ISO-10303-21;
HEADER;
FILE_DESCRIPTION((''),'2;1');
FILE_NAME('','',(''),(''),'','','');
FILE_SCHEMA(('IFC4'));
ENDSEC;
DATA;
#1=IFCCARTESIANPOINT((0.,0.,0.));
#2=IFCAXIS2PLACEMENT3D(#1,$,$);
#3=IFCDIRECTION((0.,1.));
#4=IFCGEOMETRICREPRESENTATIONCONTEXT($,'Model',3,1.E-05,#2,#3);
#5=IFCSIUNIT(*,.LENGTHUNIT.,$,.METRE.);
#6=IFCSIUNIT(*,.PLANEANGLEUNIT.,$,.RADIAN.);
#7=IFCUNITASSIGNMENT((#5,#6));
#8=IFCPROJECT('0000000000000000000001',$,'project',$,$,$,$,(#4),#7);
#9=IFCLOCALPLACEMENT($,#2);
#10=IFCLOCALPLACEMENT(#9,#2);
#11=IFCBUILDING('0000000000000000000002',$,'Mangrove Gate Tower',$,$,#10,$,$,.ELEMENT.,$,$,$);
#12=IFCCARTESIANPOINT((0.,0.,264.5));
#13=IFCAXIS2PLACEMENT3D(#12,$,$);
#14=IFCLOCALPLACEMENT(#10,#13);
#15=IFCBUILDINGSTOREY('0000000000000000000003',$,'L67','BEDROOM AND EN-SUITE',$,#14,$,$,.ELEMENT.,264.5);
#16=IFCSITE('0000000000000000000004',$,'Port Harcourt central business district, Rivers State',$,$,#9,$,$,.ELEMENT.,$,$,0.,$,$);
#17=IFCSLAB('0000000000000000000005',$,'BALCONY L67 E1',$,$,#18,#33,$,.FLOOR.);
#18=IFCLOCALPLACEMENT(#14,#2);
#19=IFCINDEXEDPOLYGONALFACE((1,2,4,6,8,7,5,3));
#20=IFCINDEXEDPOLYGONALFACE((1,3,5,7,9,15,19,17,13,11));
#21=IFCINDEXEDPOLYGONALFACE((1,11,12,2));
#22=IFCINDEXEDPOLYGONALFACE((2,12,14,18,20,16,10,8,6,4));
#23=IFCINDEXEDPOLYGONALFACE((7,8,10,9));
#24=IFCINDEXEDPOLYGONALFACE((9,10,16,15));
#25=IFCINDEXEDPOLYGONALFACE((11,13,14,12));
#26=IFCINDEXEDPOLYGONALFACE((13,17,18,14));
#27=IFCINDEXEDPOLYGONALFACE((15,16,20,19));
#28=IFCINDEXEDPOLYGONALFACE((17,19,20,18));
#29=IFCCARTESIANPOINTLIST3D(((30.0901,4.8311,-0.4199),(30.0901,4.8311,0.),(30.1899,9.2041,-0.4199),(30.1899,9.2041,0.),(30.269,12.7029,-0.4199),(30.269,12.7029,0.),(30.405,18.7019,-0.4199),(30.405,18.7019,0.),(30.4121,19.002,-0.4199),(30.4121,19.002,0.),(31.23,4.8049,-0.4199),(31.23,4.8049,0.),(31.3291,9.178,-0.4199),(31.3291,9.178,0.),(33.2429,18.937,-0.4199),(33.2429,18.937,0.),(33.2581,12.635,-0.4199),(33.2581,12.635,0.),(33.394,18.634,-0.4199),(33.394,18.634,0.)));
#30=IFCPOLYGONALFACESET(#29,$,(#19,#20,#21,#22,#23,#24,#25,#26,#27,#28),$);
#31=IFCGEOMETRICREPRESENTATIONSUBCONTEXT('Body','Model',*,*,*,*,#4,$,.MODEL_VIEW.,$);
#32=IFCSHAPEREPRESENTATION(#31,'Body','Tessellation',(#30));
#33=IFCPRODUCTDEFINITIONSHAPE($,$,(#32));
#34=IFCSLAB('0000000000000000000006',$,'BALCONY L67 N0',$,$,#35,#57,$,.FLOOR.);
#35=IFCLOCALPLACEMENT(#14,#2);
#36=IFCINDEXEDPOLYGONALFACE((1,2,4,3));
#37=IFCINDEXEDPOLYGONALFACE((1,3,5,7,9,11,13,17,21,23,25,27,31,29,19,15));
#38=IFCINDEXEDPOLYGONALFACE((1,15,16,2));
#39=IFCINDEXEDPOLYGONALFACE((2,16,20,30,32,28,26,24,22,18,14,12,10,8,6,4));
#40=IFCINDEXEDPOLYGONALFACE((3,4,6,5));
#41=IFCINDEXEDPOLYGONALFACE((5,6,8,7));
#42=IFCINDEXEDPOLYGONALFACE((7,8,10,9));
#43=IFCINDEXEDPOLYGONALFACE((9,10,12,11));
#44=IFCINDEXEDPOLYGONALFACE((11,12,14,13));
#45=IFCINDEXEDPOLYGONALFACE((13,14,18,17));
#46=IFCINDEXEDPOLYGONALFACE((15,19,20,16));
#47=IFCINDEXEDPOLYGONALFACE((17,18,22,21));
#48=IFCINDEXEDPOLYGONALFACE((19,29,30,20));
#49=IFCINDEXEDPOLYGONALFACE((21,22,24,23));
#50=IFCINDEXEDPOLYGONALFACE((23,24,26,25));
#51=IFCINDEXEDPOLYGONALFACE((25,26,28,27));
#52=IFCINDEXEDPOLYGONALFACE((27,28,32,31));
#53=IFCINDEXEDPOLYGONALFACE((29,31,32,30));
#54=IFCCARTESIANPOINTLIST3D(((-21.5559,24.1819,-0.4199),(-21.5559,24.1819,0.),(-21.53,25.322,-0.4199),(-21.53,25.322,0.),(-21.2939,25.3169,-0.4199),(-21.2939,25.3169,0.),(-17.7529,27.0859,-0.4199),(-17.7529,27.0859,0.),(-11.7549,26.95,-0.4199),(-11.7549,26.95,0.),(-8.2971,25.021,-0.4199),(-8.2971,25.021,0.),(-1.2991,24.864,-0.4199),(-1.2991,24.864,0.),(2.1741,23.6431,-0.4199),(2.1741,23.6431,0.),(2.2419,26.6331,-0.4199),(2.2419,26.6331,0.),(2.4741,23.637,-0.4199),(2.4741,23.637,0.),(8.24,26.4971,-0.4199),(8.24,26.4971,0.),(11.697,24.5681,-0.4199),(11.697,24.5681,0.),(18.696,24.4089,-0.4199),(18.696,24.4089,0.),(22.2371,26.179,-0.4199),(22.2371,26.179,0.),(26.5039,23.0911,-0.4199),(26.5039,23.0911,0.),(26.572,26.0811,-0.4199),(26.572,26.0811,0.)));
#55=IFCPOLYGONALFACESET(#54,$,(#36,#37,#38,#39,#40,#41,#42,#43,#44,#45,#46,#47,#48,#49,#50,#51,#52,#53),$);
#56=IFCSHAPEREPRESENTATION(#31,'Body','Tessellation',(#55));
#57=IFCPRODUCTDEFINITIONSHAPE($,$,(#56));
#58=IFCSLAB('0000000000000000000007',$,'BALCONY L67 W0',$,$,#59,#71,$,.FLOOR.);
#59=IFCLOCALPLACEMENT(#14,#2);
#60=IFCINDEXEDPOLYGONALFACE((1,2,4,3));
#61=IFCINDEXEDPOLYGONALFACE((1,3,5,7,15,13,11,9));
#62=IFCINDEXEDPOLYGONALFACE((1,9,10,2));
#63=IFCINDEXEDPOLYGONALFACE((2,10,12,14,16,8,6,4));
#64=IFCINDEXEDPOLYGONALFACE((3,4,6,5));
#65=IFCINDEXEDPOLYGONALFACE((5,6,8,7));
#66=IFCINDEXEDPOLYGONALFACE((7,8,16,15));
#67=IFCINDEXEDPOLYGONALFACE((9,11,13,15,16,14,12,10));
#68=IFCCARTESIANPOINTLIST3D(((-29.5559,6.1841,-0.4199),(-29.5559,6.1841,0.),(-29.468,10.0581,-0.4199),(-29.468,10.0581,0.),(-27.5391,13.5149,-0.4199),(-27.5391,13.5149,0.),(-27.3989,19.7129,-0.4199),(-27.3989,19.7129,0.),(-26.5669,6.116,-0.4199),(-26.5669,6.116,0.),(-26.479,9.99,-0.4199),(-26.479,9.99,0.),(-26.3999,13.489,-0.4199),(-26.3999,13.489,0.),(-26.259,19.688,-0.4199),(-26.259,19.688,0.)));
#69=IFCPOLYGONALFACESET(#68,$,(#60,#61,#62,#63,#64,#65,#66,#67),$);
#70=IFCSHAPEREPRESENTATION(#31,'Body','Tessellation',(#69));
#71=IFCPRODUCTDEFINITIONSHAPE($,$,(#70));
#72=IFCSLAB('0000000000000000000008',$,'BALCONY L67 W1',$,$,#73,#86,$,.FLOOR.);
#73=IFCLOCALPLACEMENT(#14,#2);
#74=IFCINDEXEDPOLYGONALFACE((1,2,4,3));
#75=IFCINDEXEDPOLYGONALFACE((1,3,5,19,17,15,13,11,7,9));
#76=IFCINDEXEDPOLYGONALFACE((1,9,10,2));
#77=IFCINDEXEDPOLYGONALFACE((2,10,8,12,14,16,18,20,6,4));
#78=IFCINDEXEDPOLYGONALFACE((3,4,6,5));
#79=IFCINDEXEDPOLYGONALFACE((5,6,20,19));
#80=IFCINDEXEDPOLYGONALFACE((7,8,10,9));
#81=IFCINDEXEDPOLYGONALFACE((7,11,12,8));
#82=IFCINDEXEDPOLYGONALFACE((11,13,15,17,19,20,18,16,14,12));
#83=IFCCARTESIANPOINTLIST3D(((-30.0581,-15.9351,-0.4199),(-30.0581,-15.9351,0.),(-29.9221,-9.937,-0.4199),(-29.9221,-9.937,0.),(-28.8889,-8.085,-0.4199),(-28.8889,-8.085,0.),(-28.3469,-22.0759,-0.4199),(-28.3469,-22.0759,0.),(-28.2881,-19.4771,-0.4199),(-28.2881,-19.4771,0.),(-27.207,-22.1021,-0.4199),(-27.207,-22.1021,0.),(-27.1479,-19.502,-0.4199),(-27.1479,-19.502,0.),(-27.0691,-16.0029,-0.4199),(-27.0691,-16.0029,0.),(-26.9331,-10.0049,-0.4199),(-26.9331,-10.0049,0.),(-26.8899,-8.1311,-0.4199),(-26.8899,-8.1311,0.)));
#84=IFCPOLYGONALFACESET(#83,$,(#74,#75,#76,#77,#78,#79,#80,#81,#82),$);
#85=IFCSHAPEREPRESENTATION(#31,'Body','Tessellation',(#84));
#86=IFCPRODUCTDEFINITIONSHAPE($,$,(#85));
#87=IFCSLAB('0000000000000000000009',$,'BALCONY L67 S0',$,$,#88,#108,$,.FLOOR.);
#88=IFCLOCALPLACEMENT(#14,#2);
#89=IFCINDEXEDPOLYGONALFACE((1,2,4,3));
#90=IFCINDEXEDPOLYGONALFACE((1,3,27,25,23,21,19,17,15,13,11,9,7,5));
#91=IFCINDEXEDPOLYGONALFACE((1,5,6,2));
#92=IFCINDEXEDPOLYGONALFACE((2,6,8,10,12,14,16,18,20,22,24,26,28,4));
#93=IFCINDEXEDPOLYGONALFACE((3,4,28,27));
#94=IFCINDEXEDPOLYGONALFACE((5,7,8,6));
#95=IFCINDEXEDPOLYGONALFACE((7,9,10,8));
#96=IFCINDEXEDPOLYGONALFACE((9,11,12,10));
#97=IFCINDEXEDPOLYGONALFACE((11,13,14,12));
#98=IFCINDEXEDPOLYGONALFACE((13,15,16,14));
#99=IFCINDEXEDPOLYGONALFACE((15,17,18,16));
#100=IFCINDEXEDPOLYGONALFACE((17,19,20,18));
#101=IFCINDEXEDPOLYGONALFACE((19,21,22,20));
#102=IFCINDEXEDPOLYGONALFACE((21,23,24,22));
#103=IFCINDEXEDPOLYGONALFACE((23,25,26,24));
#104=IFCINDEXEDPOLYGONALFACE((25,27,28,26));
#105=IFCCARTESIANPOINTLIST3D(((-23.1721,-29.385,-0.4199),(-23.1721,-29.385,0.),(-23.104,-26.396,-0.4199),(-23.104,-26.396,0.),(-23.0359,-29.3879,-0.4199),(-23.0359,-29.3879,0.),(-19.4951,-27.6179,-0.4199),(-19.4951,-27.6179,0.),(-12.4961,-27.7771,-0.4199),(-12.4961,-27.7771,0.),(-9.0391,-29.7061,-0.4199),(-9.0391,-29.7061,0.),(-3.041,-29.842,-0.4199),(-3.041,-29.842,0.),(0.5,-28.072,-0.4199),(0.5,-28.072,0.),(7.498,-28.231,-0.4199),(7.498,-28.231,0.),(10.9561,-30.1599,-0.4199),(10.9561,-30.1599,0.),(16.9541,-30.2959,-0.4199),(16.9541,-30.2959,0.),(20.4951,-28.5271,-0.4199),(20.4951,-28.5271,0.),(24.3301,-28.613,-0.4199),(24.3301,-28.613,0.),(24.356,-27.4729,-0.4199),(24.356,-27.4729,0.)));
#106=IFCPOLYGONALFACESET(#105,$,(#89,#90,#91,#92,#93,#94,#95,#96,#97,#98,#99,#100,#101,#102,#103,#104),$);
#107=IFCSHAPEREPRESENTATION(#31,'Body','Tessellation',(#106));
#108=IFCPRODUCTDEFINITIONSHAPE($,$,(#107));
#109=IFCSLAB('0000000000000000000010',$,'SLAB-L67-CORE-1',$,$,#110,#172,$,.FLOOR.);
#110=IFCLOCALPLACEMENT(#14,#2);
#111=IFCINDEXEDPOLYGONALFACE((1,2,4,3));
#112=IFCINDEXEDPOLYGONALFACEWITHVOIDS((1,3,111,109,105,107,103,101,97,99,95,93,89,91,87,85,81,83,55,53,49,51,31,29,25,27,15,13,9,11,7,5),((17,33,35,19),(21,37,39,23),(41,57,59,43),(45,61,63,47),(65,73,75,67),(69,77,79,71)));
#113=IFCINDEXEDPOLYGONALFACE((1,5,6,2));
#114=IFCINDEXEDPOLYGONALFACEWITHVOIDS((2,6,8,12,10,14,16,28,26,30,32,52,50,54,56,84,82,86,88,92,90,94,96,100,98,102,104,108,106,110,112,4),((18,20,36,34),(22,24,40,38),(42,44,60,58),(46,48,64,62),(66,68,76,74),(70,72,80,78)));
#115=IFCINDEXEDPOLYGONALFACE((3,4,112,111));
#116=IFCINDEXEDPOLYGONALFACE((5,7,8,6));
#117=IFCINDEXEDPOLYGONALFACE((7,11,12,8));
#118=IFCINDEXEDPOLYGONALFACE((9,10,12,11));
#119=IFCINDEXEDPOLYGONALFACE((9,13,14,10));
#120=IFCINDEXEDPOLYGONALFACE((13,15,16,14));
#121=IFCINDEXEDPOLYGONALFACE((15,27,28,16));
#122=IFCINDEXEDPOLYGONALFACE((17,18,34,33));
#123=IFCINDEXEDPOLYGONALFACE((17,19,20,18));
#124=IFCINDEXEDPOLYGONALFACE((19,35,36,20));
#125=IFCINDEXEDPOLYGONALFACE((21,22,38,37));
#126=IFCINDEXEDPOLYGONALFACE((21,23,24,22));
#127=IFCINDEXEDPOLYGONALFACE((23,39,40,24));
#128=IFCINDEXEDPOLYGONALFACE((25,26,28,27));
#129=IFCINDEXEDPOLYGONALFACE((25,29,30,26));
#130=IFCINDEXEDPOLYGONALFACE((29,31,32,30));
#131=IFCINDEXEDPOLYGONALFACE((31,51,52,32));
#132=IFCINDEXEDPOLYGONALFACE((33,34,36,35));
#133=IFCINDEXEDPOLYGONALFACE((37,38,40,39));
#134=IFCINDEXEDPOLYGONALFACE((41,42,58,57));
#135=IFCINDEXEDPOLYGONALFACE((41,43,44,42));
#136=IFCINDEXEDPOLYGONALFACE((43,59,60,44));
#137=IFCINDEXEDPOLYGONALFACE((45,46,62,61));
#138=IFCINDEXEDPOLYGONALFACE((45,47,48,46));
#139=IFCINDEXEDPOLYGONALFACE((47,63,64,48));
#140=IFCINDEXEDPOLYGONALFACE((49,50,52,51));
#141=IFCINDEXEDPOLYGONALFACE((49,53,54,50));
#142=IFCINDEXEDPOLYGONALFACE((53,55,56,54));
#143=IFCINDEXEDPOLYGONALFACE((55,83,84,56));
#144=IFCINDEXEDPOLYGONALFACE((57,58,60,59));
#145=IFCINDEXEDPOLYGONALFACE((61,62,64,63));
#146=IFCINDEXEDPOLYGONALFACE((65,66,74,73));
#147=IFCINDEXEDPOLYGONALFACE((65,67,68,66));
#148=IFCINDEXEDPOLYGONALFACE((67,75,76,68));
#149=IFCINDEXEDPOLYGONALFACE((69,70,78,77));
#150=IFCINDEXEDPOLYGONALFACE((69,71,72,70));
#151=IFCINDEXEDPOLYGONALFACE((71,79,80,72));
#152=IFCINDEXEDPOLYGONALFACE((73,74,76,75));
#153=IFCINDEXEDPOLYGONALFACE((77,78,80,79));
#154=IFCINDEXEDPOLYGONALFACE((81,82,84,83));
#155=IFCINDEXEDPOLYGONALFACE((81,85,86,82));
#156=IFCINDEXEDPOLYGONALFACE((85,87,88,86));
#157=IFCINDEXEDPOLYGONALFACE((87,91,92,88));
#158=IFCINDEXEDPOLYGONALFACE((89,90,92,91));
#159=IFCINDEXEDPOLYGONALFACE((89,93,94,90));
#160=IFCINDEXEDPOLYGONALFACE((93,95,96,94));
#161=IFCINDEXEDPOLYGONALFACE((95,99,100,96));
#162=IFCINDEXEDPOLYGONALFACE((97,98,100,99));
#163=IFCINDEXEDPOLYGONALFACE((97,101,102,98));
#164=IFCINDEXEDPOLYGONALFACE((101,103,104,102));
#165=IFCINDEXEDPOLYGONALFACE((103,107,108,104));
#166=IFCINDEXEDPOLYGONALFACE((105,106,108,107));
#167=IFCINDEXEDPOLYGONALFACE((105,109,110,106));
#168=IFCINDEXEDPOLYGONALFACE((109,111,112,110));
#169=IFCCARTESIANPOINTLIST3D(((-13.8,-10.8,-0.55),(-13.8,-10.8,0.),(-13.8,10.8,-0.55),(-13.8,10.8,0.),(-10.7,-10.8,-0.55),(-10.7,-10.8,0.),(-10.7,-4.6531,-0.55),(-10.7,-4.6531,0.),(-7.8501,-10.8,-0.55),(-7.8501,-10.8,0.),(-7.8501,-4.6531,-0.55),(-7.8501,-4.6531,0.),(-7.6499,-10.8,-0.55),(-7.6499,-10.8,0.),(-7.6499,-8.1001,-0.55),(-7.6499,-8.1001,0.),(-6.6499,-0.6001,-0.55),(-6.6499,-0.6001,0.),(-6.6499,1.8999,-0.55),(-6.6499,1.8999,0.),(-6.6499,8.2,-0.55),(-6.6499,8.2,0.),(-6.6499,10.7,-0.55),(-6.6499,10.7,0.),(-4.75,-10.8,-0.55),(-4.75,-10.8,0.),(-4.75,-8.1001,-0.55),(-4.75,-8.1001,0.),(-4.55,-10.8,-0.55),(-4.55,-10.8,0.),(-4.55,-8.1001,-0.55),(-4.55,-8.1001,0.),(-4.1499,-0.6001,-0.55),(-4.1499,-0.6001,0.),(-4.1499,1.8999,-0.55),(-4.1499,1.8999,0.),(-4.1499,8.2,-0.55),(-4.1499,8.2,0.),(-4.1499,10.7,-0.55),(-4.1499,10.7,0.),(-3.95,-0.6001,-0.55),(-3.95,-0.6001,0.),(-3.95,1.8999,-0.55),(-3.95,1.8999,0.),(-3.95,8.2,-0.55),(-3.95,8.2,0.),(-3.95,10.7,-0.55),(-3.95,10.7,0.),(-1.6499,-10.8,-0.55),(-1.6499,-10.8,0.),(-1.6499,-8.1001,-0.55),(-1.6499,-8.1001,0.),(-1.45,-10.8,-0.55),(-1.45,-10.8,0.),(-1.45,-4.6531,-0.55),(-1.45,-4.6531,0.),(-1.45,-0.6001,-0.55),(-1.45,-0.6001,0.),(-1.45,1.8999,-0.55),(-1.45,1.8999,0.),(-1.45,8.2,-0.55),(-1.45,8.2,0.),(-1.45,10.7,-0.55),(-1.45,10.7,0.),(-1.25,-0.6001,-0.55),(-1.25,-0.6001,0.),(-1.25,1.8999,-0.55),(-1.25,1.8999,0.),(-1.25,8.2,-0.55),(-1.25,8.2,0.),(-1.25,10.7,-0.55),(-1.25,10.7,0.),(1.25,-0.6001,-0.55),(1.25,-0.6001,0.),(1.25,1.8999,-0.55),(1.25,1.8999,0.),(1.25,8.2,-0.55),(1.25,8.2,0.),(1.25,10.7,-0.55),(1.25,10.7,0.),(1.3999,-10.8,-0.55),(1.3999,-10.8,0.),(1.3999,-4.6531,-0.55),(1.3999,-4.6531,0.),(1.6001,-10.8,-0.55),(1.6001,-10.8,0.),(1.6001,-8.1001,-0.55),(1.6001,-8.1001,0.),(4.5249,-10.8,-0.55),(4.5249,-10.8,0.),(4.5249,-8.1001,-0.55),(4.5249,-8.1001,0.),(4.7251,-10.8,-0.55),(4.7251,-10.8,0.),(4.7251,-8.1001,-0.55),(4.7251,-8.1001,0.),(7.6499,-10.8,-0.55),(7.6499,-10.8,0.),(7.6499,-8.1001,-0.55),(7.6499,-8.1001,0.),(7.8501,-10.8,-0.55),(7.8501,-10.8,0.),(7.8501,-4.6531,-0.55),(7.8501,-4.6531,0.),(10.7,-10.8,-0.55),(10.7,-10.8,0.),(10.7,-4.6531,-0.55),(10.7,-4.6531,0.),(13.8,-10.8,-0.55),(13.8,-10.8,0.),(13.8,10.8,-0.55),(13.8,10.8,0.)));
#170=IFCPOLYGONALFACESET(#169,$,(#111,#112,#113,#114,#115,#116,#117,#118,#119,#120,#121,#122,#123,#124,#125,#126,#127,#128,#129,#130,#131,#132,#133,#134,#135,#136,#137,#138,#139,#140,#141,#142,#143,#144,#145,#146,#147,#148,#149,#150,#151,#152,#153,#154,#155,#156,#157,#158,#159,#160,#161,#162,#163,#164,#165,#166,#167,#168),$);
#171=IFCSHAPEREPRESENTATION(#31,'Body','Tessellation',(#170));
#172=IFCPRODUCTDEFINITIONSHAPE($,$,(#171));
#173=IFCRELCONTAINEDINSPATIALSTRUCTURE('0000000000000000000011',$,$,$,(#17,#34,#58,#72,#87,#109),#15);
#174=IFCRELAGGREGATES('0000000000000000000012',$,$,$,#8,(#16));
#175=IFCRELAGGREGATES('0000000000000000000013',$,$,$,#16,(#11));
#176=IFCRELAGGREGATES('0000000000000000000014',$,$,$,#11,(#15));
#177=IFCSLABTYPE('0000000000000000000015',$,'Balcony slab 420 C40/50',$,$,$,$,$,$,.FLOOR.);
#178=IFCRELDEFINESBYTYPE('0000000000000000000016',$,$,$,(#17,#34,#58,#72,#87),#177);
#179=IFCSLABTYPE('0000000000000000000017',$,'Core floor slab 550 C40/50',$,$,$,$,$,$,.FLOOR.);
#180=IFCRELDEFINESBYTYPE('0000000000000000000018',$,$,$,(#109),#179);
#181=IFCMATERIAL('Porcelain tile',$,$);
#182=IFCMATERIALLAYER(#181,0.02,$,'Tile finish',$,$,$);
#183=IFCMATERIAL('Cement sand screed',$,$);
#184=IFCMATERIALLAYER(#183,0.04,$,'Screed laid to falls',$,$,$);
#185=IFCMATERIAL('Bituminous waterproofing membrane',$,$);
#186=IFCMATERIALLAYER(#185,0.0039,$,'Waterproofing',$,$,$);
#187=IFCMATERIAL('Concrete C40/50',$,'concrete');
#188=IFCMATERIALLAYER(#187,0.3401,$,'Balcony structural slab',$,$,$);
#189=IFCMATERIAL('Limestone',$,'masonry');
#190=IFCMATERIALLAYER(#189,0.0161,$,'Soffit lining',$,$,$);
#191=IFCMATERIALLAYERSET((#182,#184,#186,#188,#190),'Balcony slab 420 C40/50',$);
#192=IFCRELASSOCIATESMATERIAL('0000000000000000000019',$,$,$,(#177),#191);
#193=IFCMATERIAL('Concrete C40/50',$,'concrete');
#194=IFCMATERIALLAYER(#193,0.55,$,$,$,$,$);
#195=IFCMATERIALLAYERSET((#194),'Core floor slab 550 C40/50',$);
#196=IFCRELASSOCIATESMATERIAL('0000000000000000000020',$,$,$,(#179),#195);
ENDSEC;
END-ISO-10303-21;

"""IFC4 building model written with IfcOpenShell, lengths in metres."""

from ifc_helpers import new_model, si_unit, direction, frame, origin, place, context, subcontext, project, spatial, polyline, outline, extrude, material, layer, layer_set, type_object, element, save


model = new_model("IFC4")

# Units and contexts
model_context = context("Model", 3, precision=1e-05, world=origin(), true_north=direction((0.0, 1.0)))
body_context = subcontext(model_context, "Body", "Model", "MODEL_VIEW")
ifc_project = project(units=[si_unit("LENGTHUNIT", "METRE"), si_unit("PLANEANGLEUNIT", "RADIAN")], contexts=[model_context])

# Site, building, storey
site_placement = place(None, origin())
site = spatial("IfcSite", under=ifc_project, at=site_placement, Name="Port Harcourt central business district, Rivers State", CompositionType="ELEMENT", RefElevation=0.0)
building_placement = place(site_placement, origin())
building = spatial("IfcBuilding", under=site, at=building_placement, Name="Mangrove Gate Tower", CompositionType="ELEMENT")
storey_placement = place(building_placement, frame((0.0, 0.0, 264.5)))
storey = spatial("IfcBuildingStorey", under=building, at=storey_placement, Name="L67", Description="BEDROOM AND EN-SUITE", CompositionType="ELEMENT", Elevation=264.5)

# Slabs
ifc_material_1 = material(Name="Porcelain tile")
ifc_layer_1 = layer(ifc_material_1, 0.02, Name="Tile finish")
ifc_material_2 = material(Name="Cement sand screed")
ifc_layer_2 = layer(ifc_material_2, 0.04, Name="Screed laid to falls")
ifc_material_3 = material(Name="Bituminous waterproofing membrane")
ifc_layer_3 = layer(ifc_material_3, 0.0039, Name="Waterproofing")
ifc_material_4 = material(Name="Concrete C40/50", Category="concrete")
ifc_layer_4 = layer(ifc_material_4, 0.3401, Name="Balcony structural slab")
ifc_material_5 = material(Name="Limestone", Category="masonry")
ifc_layer_5 = layer(ifc_material_5, 0.0161, Name="Soffit lining")
ifc_layer_set_1 = layer_set([ifc_layer_1, ifc_layer_2, ifc_layer_3, ifc_layer_4, ifc_layer_5], Name="Balcony slab 420 C40/50")
slab_type_1 = type_object("IfcSlabType", Name="Balcony slab 420 C40/50", PredefinedType="FLOOR", material=ifc_layer_set_1)
slab_1_placement = place(storey_placement, frame((0.0, 0.0, -0.4199)))
element("IfcSlab", 1, at=slab_1_placement, inside=storey, type_object=slab_type_1, Name="BALCONY L67 E1", PredefinedType="FLOOR", context=body_context, shape_type="SweptSolid", body=[
    extrude(outline(polyline([(31.23, 4.8049), (31.3291, 9.178), (33.2581, 12.635), (33.394, 18.634), (33.2429, 18.937), (30.4121, 19.002), (30.405, 18.7019), (30.269, 12.7029), (30.1899, 9.2041), (30.0901, 4.8311), (31.23, 4.8049)])), origin(), (0.0, 0.0, 1.0), 0.4199),
])
slab_2_placement = place(storey_placement, frame((0.0, 0.0, -0.4199)))
element("IfcSlab", 2, at=slab_2_placement, inside=storey, type_object=slab_type_1, Name="BALCONY L67 N0", PredefinedType="FLOOR", context=body_context, shape_type="SweptSolid", body=[
    extrude(outline(polyline([(26.572, 26.0811), (22.2371, 26.179), (18.696, 24.4089), (11.697, 24.5681), (8.24, 26.4971), (2.2419, 26.6331), (-1.2991, 24.864), (-8.2971, 25.021), (-11.7549, 26.95), (-17.7529, 27.0859), (-21.2939, 25.3169), (-21.53, 25.322), (-21.5559, 24.1819), (2.1741, 23.6431), (2.4741, 23.637), (26.5039, 23.0911), (26.572, 26.0811)])), origin(), (0.0, 0.0, 1.0), 0.4199),
])
slab_3_placement = place(storey_placement, frame((0.0, 0.0, -0.4199)))
element("IfcSlab", 3, at=slab_3_placement, inside=storey, type_object=slab_type_1, Name="BALCONY L67 W0", PredefinedType="FLOOR", context=body_context, shape_type="SweptSolid", body=[
    extrude(outline(polyline([(-27.3989, 19.7129), (-27.5391, 13.5149), (-29.468, 10.0581), (-29.5559, 6.1841), (-26.5669, 6.116), (-26.479, 9.99), (-26.3999, 13.489), (-26.259, 19.688), (-27.3989, 19.7129)])), origin(), (0.0, 0.0, 1.0), 0.4199),
])
slab_4_placement = place(storey_placement, frame((0.0, 0.0, -0.4199)))
element("IfcSlab", 4, at=slab_4_placement, inside=storey, type_object=slab_type_1, Name="BALCONY L67 W1", PredefinedType="FLOOR", context=body_context, shape_type="SweptSolid", body=[
    extrude(outline(polyline([(-28.8889, -8.085), (-29.9221, -9.937), (-30.0581, -15.9351), (-28.2881, -19.4771), (-28.3469, -22.0759), (-27.207, -22.1021), (-27.1479, -19.502), (-27.0691, -16.0029), (-26.9331, -10.0049), (-26.8899, -8.1311), (-28.8889, -8.085)])), origin(), (0.0, 0.0, 1.0), 0.4199),
])
slab_5_placement = place(storey_placement, frame((0.0, 0.0, -0.4199)))
element("IfcSlab", 5, at=slab_5_placement, inside=storey, type_object=slab_type_1, Name="BALCONY L67 S0", PredefinedType="FLOOR", context=body_context, shape_type="SweptSolid", body=[
    extrude(outline(polyline([(-23.1721, -29.385), (-23.0359, -29.3879), (-19.4951, -27.6179), (-12.4961, -27.7771), (-9.0391, -29.7061), (-3.041, -29.842), (0.5, -28.072), (7.498, -28.231), (10.9561, -30.1599), (16.9541, -30.2959), (20.4951, -28.5271), (24.3301, -28.613), (24.356, -27.4729), (-23.104, -26.396), (-23.1721, -29.385)])), origin(), (0.0, 0.0, 1.0), 0.4199),
])
ifc_material_6 = material(Name="Concrete C40/50", Category="concrete")
ifc_layer_6 = layer(ifc_material_6, 0.55)
ifc_layer_set_2 = layer_set([ifc_layer_6], Name="Core floor slab 550 C40/50")
slab_type_2 = type_object("IfcSlabType", Name="Core floor slab 550 C40/50", PredefinedType="FLOOR", material=ifc_layer_set_2)
slab_6_placement = place(storey_placement, frame((0.0, 0.0, -0.55)))
element("IfcSlab", 6, at=slab_6_placement, inside=storey, type_object=slab_type_2, Name="SLAB-L67-CORE-1", PredefinedType="FLOOR", context=body_context, shape_type="SweptSolid", body=[
    extrude(outline(polyline([(-13.8, -10.8), (-13.8, 10.8), (13.8, 10.8), (13.8, -10.8), (10.7, -10.8), (10.7, -4.6531), (7.8501, -4.6531), (7.8501, -10.8), (7.6499, -10.8), (7.6499, -8.1001), (4.7251, -8.1001), (4.7251, -10.8), (4.5249, -10.8), (4.5249, -8.1001), (1.6001, -8.1001), (1.6001, -10.8), (1.3999, -10.8), (1.3999, -4.6531), (-1.45, -4.6531), (-1.45, -10.8), (-1.6499, -10.8), (-1.6499, -8.1001), (-4.55, -8.1001), (-4.55, -10.8), (-4.75, -10.8), (-4.75, -8.1001), (-7.6499, -8.1001), (-7.6499, -10.8), (-7.8501, -10.8), (-7.8501, -4.6531), (-10.7, -4.6531), (-10.7, -10.8), (-13.8, -10.8)]), holes=[polyline([(-4.1499, 1.8999), (-6.6499, 1.8999), (-6.6499, -0.6001), (-4.1499, -0.6001), (-4.1499, 1.8999)]), polyline([(-1.45, -0.6001), (-1.45, 1.8999), (-3.95, 1.8999), (-3.95, -0.6001), (-1.45, -0.6001)]), polyline([(-4.1499, 8.2), (-4.1499, 10.7), (-6.6499, 10.7), (-6.6499, 8.2), (-4.1499, 8.2)]), polyline([(-1.45, 10.7), (-3.95, 10.7), (-3.95, 8.2), (-1.45, 8.2), (-1.45, 10.7)]), polyline([(1.25, -0.6001), (1.25, 1.8999), (-1.25, 1.8999), (-1.25, -0.6001), (1.25, -0.6001)]), polyline([(1.25, 8.2), (1.25, 10.7), (-1.25, 10.7), (-1.25, 8.2), (1.25, 8.2)])]), origin(), (0.0, 0.0, 1.0), 0.55),
])

save(model, "model.ifc")
